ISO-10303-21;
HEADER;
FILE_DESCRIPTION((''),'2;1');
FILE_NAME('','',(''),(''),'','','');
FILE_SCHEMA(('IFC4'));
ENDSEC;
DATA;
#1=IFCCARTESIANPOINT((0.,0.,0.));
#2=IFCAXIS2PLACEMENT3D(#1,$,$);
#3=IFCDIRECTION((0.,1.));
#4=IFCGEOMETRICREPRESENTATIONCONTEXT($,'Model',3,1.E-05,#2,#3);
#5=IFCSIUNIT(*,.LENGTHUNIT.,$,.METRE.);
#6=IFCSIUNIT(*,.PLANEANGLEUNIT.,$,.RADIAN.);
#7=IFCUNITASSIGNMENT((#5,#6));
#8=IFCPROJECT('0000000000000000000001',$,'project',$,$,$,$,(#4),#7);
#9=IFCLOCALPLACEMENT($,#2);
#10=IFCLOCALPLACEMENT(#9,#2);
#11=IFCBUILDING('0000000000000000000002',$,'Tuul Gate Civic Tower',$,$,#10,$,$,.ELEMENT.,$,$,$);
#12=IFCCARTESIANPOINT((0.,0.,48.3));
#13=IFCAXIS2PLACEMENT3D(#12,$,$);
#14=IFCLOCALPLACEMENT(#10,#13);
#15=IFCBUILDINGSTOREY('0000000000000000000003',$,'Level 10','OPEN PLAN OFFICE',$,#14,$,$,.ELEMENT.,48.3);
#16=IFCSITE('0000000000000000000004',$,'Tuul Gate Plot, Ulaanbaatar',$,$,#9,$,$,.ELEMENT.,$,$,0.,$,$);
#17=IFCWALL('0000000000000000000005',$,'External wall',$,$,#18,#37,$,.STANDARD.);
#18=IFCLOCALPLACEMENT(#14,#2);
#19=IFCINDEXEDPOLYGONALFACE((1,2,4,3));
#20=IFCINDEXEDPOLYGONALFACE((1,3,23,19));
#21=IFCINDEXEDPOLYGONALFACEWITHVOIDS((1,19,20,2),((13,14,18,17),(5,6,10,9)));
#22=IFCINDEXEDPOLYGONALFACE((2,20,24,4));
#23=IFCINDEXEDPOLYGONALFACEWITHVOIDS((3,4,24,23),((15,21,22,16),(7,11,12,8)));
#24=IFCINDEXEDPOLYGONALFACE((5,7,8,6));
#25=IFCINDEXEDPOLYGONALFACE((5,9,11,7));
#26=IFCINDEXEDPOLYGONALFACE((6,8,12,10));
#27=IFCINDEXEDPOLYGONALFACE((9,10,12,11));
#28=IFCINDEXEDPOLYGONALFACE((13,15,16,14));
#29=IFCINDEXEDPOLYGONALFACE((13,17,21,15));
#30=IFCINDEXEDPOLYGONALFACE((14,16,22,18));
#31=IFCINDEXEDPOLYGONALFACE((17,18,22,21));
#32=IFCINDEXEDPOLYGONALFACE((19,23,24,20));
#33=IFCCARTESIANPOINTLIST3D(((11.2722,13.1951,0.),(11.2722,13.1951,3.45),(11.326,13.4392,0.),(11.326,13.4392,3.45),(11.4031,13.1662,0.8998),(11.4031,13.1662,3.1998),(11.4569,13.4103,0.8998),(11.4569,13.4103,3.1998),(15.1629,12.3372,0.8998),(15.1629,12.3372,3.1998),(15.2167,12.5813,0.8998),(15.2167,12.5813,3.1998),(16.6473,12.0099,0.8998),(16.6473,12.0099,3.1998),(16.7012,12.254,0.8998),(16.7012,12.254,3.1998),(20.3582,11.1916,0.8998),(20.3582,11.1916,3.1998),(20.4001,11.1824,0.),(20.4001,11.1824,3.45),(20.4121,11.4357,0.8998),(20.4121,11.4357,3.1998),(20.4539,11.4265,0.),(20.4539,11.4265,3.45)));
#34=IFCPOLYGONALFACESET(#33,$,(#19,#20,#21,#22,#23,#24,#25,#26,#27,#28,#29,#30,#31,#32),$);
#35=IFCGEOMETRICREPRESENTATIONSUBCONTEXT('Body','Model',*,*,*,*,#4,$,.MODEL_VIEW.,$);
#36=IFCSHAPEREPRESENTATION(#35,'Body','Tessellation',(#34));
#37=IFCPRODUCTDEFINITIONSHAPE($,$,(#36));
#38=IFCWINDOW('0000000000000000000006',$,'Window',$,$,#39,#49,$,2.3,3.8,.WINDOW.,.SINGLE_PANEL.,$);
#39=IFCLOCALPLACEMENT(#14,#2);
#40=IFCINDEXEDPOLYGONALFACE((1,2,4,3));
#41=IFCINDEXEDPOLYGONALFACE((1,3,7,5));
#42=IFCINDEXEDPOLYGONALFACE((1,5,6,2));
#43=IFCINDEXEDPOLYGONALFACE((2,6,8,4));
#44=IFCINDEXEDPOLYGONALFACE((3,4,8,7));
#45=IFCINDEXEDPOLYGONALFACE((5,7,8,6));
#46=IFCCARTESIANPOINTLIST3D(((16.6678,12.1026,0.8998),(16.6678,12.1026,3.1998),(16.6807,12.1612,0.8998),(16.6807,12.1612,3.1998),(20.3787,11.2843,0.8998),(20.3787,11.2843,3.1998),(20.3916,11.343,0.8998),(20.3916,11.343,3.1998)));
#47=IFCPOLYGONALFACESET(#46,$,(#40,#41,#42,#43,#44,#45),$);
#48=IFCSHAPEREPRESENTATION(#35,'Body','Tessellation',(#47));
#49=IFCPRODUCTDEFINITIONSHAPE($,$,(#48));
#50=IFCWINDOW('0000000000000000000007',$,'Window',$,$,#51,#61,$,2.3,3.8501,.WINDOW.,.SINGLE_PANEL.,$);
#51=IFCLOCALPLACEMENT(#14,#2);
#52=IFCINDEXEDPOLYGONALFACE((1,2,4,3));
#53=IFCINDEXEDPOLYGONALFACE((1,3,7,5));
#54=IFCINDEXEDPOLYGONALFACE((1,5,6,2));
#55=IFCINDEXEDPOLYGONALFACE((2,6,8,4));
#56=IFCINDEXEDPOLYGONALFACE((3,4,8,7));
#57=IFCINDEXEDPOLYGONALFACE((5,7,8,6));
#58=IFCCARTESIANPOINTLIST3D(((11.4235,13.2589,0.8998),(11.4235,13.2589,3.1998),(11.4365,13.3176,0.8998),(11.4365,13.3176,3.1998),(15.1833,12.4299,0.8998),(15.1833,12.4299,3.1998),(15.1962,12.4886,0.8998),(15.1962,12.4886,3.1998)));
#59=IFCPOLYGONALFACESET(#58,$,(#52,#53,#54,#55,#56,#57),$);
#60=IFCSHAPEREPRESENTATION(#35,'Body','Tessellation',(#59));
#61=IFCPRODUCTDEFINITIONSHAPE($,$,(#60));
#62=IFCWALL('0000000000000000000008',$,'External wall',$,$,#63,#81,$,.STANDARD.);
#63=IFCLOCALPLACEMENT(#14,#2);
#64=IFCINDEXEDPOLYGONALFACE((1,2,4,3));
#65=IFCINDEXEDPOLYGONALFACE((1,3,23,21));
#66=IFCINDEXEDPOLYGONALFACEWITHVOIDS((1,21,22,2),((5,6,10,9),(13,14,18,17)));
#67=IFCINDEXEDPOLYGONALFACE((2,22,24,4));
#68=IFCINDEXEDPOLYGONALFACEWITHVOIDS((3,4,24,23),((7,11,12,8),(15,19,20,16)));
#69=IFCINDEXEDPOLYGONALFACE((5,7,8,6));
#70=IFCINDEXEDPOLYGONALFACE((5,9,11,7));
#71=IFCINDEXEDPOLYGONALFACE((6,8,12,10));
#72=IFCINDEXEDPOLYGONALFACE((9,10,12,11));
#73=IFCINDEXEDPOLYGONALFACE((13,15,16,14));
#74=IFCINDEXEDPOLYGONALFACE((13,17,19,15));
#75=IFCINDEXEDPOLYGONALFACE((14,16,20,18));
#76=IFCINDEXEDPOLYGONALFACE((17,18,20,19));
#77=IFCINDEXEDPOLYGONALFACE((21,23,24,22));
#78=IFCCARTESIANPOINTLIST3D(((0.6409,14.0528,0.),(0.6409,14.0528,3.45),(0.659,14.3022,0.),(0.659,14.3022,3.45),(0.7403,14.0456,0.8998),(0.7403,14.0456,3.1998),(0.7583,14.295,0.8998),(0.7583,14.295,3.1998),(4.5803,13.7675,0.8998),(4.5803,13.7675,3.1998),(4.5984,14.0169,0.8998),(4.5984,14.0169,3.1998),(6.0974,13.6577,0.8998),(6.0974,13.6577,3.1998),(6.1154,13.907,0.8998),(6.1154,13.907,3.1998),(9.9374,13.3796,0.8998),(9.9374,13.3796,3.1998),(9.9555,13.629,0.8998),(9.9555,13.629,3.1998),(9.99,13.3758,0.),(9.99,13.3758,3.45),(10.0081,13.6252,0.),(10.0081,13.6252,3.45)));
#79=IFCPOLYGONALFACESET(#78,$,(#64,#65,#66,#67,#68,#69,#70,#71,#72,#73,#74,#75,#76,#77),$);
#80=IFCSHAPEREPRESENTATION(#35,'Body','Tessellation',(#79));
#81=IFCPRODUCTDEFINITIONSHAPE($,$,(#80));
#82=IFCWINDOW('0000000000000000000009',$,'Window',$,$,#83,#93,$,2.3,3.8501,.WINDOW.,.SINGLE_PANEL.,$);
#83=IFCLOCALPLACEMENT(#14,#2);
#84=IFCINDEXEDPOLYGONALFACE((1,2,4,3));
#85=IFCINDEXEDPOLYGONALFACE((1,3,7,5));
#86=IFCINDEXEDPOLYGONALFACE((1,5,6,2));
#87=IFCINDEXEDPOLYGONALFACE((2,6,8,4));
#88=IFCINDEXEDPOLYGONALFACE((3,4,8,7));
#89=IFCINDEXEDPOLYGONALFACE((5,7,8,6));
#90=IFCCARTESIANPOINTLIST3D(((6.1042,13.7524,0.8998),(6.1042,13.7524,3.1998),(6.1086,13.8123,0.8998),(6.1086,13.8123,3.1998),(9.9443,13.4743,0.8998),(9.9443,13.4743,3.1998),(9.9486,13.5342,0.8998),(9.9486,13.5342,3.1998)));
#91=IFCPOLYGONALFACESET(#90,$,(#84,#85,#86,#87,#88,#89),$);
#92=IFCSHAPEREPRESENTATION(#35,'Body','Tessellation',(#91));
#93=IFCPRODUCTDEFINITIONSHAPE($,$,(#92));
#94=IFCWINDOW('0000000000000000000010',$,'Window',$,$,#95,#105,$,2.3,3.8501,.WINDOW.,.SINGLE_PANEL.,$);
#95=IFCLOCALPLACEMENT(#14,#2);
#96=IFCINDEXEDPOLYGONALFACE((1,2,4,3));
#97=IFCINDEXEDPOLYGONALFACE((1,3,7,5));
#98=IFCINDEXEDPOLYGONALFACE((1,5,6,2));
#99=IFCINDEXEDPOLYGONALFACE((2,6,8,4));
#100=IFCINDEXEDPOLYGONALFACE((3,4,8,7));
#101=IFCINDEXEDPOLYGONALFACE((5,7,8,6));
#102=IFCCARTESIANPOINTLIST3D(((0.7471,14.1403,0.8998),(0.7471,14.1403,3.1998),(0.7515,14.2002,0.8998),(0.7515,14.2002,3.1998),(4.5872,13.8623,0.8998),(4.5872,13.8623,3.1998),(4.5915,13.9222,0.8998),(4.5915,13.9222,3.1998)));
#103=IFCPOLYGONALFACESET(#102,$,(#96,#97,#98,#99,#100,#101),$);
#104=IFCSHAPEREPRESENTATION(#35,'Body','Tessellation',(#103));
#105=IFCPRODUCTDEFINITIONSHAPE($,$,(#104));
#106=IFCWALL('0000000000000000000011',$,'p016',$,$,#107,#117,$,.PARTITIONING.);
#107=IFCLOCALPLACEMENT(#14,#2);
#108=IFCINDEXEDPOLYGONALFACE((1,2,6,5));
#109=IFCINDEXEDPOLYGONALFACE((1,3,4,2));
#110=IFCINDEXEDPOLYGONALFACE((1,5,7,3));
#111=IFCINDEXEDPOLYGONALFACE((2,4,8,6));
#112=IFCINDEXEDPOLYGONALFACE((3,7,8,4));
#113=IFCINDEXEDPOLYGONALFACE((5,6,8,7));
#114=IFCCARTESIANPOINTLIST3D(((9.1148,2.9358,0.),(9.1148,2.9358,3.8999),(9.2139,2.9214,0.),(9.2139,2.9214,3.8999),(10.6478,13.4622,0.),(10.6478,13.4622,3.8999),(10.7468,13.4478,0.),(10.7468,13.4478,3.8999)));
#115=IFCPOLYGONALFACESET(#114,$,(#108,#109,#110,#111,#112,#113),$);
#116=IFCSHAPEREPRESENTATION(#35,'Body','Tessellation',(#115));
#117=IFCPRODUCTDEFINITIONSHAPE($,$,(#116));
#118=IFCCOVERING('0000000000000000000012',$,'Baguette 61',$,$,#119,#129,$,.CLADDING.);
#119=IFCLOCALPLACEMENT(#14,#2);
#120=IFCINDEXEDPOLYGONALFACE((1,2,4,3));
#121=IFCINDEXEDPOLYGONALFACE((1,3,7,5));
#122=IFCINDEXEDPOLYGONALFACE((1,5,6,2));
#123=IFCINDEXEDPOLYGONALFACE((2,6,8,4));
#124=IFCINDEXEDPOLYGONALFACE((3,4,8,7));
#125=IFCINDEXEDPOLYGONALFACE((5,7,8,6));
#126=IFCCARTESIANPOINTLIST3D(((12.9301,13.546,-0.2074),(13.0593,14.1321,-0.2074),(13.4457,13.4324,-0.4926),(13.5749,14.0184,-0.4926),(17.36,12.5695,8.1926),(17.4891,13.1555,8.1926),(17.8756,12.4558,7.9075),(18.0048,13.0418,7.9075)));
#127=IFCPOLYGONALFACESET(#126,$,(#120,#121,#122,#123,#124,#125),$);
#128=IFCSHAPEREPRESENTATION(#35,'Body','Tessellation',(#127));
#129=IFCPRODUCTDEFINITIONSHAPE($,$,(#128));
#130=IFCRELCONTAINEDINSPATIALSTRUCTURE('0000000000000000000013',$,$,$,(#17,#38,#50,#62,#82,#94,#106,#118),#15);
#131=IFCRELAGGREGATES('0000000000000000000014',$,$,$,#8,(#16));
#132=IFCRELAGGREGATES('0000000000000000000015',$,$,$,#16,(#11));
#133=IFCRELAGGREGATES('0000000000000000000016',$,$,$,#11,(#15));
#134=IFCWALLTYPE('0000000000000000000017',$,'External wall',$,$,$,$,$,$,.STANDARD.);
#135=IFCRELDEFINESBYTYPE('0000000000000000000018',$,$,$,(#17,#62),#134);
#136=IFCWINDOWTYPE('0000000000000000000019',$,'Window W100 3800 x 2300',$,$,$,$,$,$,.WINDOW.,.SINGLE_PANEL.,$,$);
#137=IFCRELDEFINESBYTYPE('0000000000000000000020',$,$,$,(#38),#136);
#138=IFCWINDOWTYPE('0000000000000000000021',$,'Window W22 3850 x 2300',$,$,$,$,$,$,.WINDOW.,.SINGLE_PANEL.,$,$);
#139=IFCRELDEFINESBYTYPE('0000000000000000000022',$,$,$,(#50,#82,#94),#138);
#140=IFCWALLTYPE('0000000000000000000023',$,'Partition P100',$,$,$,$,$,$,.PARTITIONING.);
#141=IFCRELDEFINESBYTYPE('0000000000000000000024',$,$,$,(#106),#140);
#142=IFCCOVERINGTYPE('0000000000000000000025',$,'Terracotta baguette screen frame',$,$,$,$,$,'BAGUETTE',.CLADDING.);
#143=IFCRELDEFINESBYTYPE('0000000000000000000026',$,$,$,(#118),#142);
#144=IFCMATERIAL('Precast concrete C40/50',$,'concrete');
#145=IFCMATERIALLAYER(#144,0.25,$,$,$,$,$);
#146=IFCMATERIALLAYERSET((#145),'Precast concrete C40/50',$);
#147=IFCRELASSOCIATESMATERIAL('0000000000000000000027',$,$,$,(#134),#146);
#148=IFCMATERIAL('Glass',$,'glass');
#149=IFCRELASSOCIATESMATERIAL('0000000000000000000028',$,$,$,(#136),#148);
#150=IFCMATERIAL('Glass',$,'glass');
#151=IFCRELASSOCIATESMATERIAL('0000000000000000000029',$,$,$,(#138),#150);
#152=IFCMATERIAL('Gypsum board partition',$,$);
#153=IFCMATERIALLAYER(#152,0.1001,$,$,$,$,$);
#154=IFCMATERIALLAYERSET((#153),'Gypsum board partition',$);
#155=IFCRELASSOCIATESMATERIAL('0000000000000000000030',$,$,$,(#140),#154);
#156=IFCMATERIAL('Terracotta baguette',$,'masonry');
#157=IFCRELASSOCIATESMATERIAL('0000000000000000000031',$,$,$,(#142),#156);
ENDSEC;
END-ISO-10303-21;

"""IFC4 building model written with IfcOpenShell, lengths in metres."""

from ifc_helpers import new_model, si_unit, direction, frame, frame_2d, origin, origin_2d, place, context, subcontext, project, spatial, rectangle, extrude, material, layer, layer_set, material_profile, profile_set, type_object, element, fill, save


model = new_model("IFC4")

# Units and contexts
model_context = context("Model", 3, precision=1e-05, world=origin(), true_north=direction((0.0, 1.0)))
body_context = subcontext(model_context, "Body", "Model", "MODEL_VIEW")
ifc_project = project(units=[si_unit("LENGTHUNIT", "METRE"), si_unit("PLANEANGLEUNIT", "RADIAN")], contexts=[model_context])

# Site, building, storey
site_placement = place(None, origin())
site = spatial("IfcSite", under=ifc_project, at=site_placement, Name="Tuul Gate Plot, Ulaanbaatar", CompositionType="ELEMENT", RefElevation=0.0)
building_placement = place(site_placement, origin())
building = spatial("IfcBuilding", under=site, at=building_placement, Name="Tuul Gate Civic Tower", CompositionType="ELEMENT")
storey_placement = place(building_placement, frame((0.0, 0.0, 48.3)))
storey = spatial("IfcBuildingStorey", under=building, at=storey_placement, Name="Level 10", Description="OPEN PLAN OFFICE", CompositionType="ELEMENT", Elevation=48.3)

# Walls, openings, windows
ifc_material_1 = material(Name="Precast concrete C40/50", Category="concrete")
ifc_layer_1 = layer(ifc_material_1, 0.25)
ifc_layer_set_1 = layer_set([ifc_layer_1], Name="Precast concrete C40/50")
wall_type_1 = type_object("IfcWallType", Name="External wall", PredefinedType="STANDARD", material=ifc_layer_set_1)
wall_1_placement = place(storey_placement, frame((20.427, 11.3044, 0.0), z_axis=(0.0, 0.0, 1.0), x_axis=(-0.976542, 0.215326, 0.0)))
wall_1 = element("IfcWall", 1, at=wall_1_placement, inside=storey, type_object=wall_type_1, Name="External wall", PredefinedType="STANDARD", context=body_context, shape_type="SweptSolid", body=[
    extrude(rectangle(XDim=9.3472, YDim=0.25, at=frame_2d((4.6736, 0.0))), origin(), (0.0, 0.0, 1.0), 3.45),
])
opening_1_placement = place(wall_1_placement, frame((0.043, 0.0, 0.8999)))
opening_1 = element("IfcOpeningElement", 2, at=opening_1_placement, cuts=wall_1, PredefinedType="OPENING", context=body_context, shape_type="SweptSolid", body=[
    extrude(rectangle(XDim=3.8, YDim=2.3, at=frame_2d((1.8999, 1.1499))), frame((0.0, 0.135, 0.0), z_axis=(0.0, -1.0, 0.0), x_axis=(1.0, 0.0, 0.0)), (0.0, 0.0, 1.0), 0.27),
])
opening_2_placement = place(wall_1_placement, frame((5.363, 0.0, 0.8999)))
opening_2 = element("IfcOpeningElement", 3, at=opening_2_placement, cuts=wall_1, PredefinedType="OPENING", context=body_context, shape_type="SweptSolid", body=[
    extrude(rectangle(XDim=3.8501, YDim=2.3, at=frame_2d((1.925, 1.1499))), frame((0.0, 0.135, 0.0), z_axis=(0.0, -1.0, 0.0), x_axis=(1.0, 0.0, 0.0)), (0.0, 0.0, 1.0), 0.27),
])
ifc_material_2 = material(Name="Glass", Category="glass")
window_type_1 = type_object("IfcWindowType", Name="Window W100 3800 x 2300", PartitioningType="SINGLE_PANEL", PredefinedType="WINDOW", material=ifc_material_2)
window_1_placement = place(opening_1_placement, origin())
window_1 = element("IfcWindow", 4, at=window_1_placement, inside=storey, type_object=window_type_1, Name="Window", OverallHeight=2.3, OverallWidth=3.8, PartitioningType="SINGLE_PANEL", PredefinedType="WINDOW", context=body_context, shape_type="SweptSolid", body=[
    extrude(rectangle(XDim=3.8, YDim=2.3, at=frame_2d((1.8999, 1.1499))), frame((0.0, 0.03, 0.0), z_axis=(0.0, -1.0, 0.0), x_axis=(1.0, 0.0, 0.0)), (0.0, 0.0, 1.0), 0.0601),
])
fill(opening_1, window_1)
ifc_material_3 = material(Name="Glass", Category="glass")
window_type_2 = type_object("IfcWindowType", Name="Window W22 3850 x 2300", PartitioningType="SINGLE_PANEL", PredefinedType="WINDOW", material=ifc_material_3)
window_2_placement = place(opening_2_placement, origin())
window_2 = element("IfcWindow", 5, at=window_2_placement, inside=storey, type_object=window_type_2, Name="Window", OverallHeight=2.3, OverallWidth=3.8501, PartitioningType="SINGLE_PANEL", PredefinedType="WINDOW", context=body_context, shape_type="SweptSolid", body=[
    extrude(rectangle(XDim=3.8501, YDim=2.3, at=frame_2d((1.925, 1.1499))), frame((0.0, 0.03, 0.0), z_axis=(0.0, -1.0, 0.0), x_axis=(1.0, 0.0, 0.0)), (0.0, 0.0, 1.0), 0.0601),
])
fill(opening_2, window_2)
wall_2_placement = place(storey_placement, frame((9.999, 13.5005, 0.0), z_axis=(0.0, 0.0, 1.0), x_axis=(-0.997388, 0.072224, 0.0)))
wall_2 = element("IfcWall", 6, at=wall_2_placement, inside=storey, type_object=wall_type_1, Name="External wall", PredefinedType="STANDARD", context=body_context, shape_type="SweptSolid", body=[
    extrude(rectangle(XDim=9.3735, YDim=0.25, at=frame_2d((4.6868, 0.0))), origin(), (0.0, 0.0, 1.0), 3.45),
])
opening_3_placement = place(wall_2_placement, frame((0.0527, 0.0, 0.8999)))
opening_3 = element("IfcOpeningElement", 7, at=opening_3_placement, cuts=wall_2, PredefinedType="OPENING", context=body_context, shape_type="SweptSolid", body=[
    extrude(rectangle(XDim=3.8501, YDim=2.3, at=frame_2d((1.925, 1.1499))), frame((0.0, 0.135, 0.0), z_axis=(0.0, -1.0, 0.0), x_axis=(1.0, 0.0, 0.0)), (0.0, 0.0, 1.0), 0.27),
])
opening_4_placement = place(wall_2_placement, frame((5.4238, 0.0, 0.8999)))
opening_4 = element("IfcOpeningElement", 8, at=opening_4_placement, cuts=wall_2, PredefinedType="OPENING", context=body_context, shape_type="SweptSolid", body=[
    extrude(rectangle(XDim=3.8501, YDim=2.3, at=frame_2d((1.925, 1.1499))), frame((0.0, 0.135, 0.0), z_axis=(0.0, -1.0, 0.0), x_axis=(1.0, 0.0, 0.0)), (0.0, 0.0, 1.0), 0.27),
])
window_3_placement = place(opening_3_placement, origin())
window_3 = element("IfcWindow", 9, at=window_3_placement, inside=storey, type_object=window_type_2, Name="Window", OverallHeight=2.3, OverallWidth=3.8501, PartitioningType="SINGLE_PANEL", PredefinedType="WINDOW", context=body_context, shape_type="SweptSolid", body=[
    extrude(rectangle(XDim=3.8501, YDim=2.3, at=frame_2d((1.925, 1.1499))), frame((0.0, 0.03, 0.0), z_axis=(0.0, -1.0, 0.0), x_axis=(1.0, 0.0, 0.0)), (0.0, 0.0, 1.0), 0.0601),
])
fill(opening_3, window_3)
window_4_placement = place(opening_4_placement, origin())
window_4 = element("IfcWindow", 10, at=window_4_placement, inside=storey, type_object=window_type_2, Name="Window", OverallHeight=2.3, OverallWidth=3.8501, PartitioningType="SINGLE_PANEL", PredefinedType="WINDOW", context=body_context, shape_type="SweptSolid", body=[
    extrude(rectangle(XDim=3.8501, YDim=2.3, at=frame_2d((1.925, 1.1499))), frame((0.0, 0.03, 0.0), z_axis=(0.0, -1.0, 0.0), x_axis=(1.0, 0.0, 0.0)), (0.0, 0.0, 1.0), 0.0601),
])
fill(opening_4, window_4)

# Wall
ifc_material_4 = material(Name="Gypsum board partition")
ifc_layer_2 = layer(ifc_material_4, 0.1001)
ifc_layer_set_2 = layer_set([ifc_layer_2], Name="Gypsum board partition")
wall_type_2 = type_object("IfcWallType", Name="Partition P100", PredefinedType="PARTITIONING", material=ifc_layer_set_2)
wall_3_placement = place(storey_placement, frame((9.1643, 2.9285, 0.0), z_axis=(0.0, 0.0, 1.0), x_axis=(0.14411, 0.989562, 0.0)))
element("IfcWall", 11, at=wall_3_placement, inside=storey, type_object=wall_type_2, Name="p016", PredefinedType="PARTITIONING", context=body_context, shape_type="SweptSolid", body=[
    extrude(rectangle(XDim=10.6375, YDim=0.1001, at=frame_2d((5.3188, 0.0))), origin(), (0.0, 0.0, 1.0), 3.8999),
])

# Covering
ifc_material_5 = material(Name="Terracotta baguette", Category="masonry")
ifc_material_profile_1 = material_profile(ifc_material_5, rectangle(XDim=0.6001, YDim=0.6001, at=origin_2d()), Name="Terracotta baguette screen frame")
ifc_profile_set_1 = profile_set([ifc_material_profile_1], Name="Terracotta baguette")
covering_type = type_object("IfcCoveringType", Name="Terracotta baguette screen frame", ElementType="BAGUETTE", PredefinedType="CLADDING", material=ifc_profile_set_1)
covering_placement = place(storey_placement, frame((17.6824, 12.8057, 8.05), z_axis=(-0.464025, 0.102293, -0.879896), x_axis=(-0.215278, -0.976553, 0.0)))
element("IfcCovering", 12, at=covering_placement, inside=storey, type_object=covering_type, Name="Baguette 61", PredefinedType="CLADDING", context=body_context, shape_type="SweptSolid", body=[
    extrude(rectangle(XDim=0.6001, YDim=0.6001, at=origin_2d()), origin(), (0.0, 0.0, 1.0), 9.5466),
])

save(model, "model.ifc")
